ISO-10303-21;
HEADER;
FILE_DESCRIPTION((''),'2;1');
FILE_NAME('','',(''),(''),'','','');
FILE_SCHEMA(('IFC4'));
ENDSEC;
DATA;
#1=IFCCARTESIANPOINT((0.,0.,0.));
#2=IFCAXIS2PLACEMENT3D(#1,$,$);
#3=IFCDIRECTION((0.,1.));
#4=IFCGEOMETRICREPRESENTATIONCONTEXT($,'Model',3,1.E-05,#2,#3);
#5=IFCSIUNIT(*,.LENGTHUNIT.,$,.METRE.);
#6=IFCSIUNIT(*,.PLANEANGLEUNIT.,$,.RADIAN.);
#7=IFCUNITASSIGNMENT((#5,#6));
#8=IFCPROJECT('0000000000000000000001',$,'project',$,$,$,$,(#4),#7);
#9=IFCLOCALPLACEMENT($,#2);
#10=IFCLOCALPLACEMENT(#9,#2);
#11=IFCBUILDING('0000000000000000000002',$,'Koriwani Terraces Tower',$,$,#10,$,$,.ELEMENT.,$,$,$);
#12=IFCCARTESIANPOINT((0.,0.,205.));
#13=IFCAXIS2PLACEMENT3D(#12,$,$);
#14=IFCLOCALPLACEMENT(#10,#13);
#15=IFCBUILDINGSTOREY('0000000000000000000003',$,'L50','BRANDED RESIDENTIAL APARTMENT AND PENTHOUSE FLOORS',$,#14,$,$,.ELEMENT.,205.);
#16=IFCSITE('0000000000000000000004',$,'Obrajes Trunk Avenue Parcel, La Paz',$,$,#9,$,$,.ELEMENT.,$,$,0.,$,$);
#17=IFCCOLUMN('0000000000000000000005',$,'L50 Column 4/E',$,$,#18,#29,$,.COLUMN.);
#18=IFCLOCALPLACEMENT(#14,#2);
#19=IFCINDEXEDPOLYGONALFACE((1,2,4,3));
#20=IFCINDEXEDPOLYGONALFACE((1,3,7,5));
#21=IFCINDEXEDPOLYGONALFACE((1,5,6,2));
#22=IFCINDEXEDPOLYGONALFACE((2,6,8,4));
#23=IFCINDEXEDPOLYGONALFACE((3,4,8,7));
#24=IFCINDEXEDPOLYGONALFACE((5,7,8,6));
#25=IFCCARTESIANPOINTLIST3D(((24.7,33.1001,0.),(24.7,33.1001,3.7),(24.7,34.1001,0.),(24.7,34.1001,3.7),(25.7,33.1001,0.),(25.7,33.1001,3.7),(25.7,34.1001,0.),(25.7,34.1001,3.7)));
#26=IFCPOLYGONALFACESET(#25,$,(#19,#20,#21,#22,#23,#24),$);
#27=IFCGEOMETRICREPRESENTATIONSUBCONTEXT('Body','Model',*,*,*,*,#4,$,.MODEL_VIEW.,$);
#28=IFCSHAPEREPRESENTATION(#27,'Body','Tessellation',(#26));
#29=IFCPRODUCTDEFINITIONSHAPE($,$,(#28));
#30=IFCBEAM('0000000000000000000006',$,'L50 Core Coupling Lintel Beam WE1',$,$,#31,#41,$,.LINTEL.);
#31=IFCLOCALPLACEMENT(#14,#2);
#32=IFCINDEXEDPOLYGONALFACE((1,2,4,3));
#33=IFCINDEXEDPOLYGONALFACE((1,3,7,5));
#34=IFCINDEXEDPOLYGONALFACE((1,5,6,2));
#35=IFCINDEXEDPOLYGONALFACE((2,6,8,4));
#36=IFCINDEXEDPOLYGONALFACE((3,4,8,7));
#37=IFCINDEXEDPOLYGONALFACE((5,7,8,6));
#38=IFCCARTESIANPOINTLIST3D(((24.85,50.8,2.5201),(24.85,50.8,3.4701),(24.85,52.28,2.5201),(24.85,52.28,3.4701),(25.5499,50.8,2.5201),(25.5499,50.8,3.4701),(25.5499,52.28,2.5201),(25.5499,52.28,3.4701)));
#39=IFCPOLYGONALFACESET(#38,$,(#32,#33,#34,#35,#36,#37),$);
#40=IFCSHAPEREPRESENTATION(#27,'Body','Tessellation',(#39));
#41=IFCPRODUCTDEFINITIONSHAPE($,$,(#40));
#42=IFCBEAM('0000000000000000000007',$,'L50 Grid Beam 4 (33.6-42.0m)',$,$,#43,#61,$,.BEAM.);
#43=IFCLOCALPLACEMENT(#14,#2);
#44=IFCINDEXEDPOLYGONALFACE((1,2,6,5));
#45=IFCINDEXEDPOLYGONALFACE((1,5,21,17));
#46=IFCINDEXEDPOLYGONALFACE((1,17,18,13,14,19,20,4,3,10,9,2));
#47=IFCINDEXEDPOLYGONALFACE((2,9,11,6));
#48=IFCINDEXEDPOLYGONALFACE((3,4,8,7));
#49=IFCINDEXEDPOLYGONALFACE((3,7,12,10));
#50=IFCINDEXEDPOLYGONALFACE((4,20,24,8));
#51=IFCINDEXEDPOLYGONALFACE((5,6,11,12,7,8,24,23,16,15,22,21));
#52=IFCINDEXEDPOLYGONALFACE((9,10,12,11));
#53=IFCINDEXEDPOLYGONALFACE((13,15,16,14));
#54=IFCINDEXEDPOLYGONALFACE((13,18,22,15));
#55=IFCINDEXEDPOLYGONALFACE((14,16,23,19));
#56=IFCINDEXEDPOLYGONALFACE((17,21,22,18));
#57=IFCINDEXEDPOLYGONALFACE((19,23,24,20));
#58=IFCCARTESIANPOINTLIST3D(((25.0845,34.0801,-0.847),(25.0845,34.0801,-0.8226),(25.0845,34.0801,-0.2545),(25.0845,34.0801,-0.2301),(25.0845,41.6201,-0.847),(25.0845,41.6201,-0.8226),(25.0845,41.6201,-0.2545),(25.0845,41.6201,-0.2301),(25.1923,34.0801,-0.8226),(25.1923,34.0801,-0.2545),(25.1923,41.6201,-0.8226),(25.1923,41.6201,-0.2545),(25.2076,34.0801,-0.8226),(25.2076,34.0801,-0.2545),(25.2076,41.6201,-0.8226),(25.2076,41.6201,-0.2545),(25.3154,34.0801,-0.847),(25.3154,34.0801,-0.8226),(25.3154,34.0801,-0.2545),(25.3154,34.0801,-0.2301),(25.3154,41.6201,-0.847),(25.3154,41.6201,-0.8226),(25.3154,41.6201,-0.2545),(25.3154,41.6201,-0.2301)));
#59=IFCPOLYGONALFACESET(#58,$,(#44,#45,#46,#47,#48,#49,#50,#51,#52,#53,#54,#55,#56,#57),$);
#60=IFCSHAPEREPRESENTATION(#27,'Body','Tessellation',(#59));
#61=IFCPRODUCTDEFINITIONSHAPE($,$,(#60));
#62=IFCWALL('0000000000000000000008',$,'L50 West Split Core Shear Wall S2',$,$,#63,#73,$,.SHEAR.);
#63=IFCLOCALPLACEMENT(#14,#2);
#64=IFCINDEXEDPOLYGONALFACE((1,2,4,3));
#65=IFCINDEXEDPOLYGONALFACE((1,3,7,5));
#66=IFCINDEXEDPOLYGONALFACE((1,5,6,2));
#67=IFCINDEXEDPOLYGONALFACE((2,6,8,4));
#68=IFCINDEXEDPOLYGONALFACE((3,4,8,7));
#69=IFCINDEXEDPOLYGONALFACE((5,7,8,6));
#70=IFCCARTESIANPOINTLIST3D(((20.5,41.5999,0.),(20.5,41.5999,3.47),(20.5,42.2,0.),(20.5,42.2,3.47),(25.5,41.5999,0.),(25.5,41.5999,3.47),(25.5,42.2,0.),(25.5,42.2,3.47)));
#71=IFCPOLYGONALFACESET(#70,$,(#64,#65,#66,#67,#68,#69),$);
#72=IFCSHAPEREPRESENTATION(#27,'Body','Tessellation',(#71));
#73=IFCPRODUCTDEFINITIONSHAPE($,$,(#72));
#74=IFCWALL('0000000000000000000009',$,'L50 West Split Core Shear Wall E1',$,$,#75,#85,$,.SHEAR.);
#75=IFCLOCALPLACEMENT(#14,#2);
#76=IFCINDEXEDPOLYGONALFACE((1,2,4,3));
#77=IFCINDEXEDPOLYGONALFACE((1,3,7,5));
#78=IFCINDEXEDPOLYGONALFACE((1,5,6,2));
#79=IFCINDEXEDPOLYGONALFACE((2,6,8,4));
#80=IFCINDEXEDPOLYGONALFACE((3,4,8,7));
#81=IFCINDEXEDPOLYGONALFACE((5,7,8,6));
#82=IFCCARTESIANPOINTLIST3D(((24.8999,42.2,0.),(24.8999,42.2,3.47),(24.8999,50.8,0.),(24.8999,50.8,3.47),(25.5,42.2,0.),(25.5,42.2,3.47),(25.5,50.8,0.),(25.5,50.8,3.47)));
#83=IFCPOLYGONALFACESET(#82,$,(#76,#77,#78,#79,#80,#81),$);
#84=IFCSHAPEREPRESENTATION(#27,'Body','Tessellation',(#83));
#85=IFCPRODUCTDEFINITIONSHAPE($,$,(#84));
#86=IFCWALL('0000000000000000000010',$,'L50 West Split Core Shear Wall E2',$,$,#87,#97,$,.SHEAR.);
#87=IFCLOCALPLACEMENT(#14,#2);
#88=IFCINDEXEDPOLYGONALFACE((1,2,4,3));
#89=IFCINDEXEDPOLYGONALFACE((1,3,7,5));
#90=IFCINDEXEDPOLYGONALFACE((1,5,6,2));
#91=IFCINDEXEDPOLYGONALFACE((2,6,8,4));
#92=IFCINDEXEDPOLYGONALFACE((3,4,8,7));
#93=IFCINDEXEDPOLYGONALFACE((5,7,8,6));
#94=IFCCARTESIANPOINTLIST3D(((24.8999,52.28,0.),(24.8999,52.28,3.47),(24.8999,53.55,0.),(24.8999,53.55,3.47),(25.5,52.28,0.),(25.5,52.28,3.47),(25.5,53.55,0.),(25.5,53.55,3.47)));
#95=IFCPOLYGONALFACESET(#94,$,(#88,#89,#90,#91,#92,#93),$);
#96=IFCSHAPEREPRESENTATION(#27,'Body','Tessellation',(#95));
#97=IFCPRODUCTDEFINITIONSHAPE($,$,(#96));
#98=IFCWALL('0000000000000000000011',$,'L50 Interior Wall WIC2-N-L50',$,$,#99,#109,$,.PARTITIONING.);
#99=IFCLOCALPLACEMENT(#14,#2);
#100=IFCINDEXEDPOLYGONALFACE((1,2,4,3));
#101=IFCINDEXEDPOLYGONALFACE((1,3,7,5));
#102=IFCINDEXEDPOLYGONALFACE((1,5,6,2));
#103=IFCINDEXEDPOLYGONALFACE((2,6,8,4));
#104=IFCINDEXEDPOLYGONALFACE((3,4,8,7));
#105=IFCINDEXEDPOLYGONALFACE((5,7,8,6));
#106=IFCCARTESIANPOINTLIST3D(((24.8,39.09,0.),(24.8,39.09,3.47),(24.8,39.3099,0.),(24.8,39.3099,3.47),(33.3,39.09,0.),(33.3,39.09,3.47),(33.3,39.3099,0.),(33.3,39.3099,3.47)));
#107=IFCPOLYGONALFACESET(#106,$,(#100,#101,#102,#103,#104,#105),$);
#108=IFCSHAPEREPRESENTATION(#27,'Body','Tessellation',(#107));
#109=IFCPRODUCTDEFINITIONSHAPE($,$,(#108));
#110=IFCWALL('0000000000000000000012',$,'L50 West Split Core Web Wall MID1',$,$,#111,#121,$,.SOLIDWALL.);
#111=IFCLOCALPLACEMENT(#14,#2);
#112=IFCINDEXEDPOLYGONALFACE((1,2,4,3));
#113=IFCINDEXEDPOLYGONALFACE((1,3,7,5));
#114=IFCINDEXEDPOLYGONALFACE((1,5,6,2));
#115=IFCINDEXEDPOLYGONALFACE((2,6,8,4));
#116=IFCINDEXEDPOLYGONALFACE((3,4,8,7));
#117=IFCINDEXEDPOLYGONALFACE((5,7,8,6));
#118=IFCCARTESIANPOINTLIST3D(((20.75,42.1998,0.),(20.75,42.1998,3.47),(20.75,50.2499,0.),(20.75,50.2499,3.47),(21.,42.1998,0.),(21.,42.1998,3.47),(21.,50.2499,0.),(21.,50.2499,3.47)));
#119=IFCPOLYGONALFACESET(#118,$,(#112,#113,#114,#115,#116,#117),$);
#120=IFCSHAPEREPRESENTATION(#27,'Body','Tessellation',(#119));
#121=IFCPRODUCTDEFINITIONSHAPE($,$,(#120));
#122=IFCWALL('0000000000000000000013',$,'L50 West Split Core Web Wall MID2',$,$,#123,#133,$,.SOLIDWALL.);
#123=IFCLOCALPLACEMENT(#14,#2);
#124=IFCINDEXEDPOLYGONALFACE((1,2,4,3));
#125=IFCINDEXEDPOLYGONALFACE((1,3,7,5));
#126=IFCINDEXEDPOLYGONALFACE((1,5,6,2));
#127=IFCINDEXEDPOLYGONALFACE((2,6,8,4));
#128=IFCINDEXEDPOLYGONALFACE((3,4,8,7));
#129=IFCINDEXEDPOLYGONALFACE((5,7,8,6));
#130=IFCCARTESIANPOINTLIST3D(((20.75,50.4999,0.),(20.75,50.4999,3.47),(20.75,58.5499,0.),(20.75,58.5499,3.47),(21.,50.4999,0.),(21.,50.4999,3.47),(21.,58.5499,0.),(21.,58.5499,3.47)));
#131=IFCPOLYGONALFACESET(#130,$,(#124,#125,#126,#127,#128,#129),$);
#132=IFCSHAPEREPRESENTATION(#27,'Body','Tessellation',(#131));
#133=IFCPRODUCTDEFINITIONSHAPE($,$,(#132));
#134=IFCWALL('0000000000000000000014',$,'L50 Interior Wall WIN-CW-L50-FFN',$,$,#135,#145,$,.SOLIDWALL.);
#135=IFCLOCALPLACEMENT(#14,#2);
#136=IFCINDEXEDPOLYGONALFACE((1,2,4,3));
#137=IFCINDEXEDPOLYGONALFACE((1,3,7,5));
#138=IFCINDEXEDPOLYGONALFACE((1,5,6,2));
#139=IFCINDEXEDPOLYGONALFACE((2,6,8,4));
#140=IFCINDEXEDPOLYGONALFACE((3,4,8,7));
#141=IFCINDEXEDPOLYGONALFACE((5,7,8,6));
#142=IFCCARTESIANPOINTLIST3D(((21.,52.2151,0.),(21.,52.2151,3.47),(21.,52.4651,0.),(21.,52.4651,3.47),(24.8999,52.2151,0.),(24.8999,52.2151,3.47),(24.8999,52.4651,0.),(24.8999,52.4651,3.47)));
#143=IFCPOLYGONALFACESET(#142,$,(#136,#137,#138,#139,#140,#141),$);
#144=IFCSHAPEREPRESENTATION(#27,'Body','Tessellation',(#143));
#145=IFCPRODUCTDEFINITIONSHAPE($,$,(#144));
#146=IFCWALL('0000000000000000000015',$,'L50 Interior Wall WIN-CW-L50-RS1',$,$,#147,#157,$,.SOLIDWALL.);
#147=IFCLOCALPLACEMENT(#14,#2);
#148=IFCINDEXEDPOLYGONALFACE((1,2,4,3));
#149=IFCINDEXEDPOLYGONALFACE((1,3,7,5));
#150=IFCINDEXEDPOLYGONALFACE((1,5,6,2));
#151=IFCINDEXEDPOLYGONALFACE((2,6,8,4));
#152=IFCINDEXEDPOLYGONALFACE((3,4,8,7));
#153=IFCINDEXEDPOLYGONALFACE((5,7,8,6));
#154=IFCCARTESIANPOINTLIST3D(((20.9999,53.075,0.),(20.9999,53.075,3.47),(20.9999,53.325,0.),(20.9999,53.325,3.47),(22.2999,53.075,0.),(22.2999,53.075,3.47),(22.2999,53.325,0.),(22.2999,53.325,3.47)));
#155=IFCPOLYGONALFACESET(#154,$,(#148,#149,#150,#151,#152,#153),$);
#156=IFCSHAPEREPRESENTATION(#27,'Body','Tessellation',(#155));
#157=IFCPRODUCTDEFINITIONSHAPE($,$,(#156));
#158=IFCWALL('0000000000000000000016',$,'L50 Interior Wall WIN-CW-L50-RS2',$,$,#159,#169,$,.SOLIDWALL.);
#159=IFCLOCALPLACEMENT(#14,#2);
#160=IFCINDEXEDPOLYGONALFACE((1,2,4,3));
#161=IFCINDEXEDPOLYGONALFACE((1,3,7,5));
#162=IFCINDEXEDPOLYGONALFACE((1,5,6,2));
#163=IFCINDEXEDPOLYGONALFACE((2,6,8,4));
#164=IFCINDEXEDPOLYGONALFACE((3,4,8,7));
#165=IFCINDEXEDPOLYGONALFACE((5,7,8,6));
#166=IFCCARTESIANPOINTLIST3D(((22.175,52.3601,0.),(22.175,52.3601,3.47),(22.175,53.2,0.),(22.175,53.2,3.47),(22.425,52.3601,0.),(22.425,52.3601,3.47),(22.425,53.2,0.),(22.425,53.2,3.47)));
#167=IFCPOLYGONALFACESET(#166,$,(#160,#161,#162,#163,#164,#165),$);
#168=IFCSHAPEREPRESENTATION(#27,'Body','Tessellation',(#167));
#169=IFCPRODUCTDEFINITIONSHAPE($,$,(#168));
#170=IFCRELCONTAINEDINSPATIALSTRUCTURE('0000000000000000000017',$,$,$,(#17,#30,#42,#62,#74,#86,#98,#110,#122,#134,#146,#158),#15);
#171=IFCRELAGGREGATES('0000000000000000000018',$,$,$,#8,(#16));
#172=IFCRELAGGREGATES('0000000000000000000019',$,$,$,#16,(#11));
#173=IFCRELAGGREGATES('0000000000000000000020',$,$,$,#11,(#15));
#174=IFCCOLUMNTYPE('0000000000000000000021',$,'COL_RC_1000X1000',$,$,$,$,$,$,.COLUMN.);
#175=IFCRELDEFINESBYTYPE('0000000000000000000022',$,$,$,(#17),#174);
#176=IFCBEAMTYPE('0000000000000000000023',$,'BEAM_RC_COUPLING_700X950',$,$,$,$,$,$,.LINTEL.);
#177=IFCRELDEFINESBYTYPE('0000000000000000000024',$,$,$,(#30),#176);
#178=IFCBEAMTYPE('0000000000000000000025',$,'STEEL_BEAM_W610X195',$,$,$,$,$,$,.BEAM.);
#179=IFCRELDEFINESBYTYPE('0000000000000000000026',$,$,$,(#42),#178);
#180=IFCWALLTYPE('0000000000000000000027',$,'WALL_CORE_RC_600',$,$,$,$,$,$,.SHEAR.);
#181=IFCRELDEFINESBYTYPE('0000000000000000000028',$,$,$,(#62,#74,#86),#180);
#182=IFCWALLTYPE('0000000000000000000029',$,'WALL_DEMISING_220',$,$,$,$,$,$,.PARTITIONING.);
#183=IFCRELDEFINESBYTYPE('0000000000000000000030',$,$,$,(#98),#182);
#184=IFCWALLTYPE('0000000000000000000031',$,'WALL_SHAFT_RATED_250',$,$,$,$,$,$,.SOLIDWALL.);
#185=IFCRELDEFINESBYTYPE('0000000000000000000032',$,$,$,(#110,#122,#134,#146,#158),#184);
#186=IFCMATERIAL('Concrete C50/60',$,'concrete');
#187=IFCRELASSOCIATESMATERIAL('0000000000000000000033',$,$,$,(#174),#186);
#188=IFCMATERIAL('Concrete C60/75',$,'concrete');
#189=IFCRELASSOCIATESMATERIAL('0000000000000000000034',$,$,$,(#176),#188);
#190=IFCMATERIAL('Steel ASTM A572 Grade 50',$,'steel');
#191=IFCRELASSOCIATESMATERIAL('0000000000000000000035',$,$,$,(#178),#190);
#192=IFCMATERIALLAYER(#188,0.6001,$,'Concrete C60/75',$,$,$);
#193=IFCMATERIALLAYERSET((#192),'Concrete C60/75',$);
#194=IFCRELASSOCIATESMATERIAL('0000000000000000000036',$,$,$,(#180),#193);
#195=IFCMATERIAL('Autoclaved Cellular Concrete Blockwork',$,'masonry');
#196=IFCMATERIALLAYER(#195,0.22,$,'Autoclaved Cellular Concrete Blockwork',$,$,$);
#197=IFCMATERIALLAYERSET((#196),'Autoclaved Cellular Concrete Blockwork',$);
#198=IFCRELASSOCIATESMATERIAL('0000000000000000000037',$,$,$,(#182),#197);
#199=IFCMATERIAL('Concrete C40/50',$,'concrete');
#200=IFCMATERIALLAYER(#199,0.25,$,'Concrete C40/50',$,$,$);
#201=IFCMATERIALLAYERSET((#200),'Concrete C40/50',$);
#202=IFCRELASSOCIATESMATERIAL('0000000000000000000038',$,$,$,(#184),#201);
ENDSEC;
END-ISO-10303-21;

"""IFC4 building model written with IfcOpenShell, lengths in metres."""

from ifc_helpers import new_model, si_unit, direction, frame, frame_2d, origin, origin_2d, place, context, subcontext, project, spatial, rectangle, i_section, extrude, material, layer, layer_set, material_profile, profile_set, type_object, element, save


model = new_model("IFC4")

# Units and contexts
model_context = context("Model", 3, precision=1e-05, world=origin(), true_north=direction((0.0, 1.0)))
body_context = subcontext(model_context, "Body", "Model", "MODEL_VIEW")
ifc_project = project(units=[si_unit("LENGTHUNIT", "METRE"), si_unit("PLANEANGLEUNIT", "RADIAN")], contexts=[model_context])

# Site, building, storey
site_placement = place(None, origin())
site = spatial("IfcSite", under=ifc_project, at=site_placement, Name="Obrajes Trunk Avenue Parcel, La Paz", CompositionType="ELEMENT", RefElevation=0.0)
building_placement = place(site_placement, origin())
building = spatial("IfcBuilding", under=site, at=building_placement, Name="Koriwani Terraces Tower", CompositionType="ELEMENT")
storey_placement = place(building_placement, frame((0.0, 0.0, 205.0)))
storey = spatial("IfcBuildingStorey", under=building, at=storey_placement, Name="L50", Description="BRANDED RESIDENTIAL APARTMENT AND PENTHOUSE FLOORS", CompositionType="ELEMENT", Elevation=205.0)

# Column
ifc_material_1 = material(Name="Concrete C50/60", Category="concrete")
ifc_material_profile_1 = material_profile(ifc_material_1, rectangle(XDim=1.0, YDim=1.0, at=origin_2d()), Name="Concrete C50/60", Category="LoadBearing")
ifc_profile_set_1 = profile_set([ifc_material_profile_1], Name="Concrete C50/60")
column_type = type_object("IfcColumnType", Name="COL_RC_1000X1000", PredefinedType="COLUMN", material=ifc_profile_set_1)
column_placement = place(storey_placement, frame((25.2, 33.6001, 0.0), z_axis=(0.0, 0.0, 1.0), x_axis=(1.0, 0.0, 0.0)))
element("IfcColumn", 1, at=column_placement, inside=storey, type_object=column_type, Name="L50 Column 4/E", PredefinedType="COLUMN", context=body_context, shape_type="SweptSolid", body=[
    extrude(rectangle(XDim=1.0, YDim=1.0, at=origin_2d()), origin(), (0.0, 0.0, 1.0), 3.7),
])

# Beams
ifc_material_2 = material(Name="Concrete C60/75", Category="concrete")
ifc_material_profile_2 = material_profile(ifc_material_2, rectangle(XDim=0.7, YDim=0.95, at=origin_2d()), Name="Concrete C60/75", Category="LoadBearing")
ifc_profile_set_2 = profile_set([ifc_material_profile_2], Name="Concrete C60/75")
beam_type_1 = type_object("IfcBeamType", Name="BEAM_RC_COUPLING_700X950", PredefinedType="LINTEL", material=ifc_profile_set_2)
beam_1_placement = place(storey_placement, frame((25.2, 50.8, 2.9951), z_axis=(0.0, 1.0, 0.0), x_axis=(-1.0, 0.0, 0.0)))
element("IfcBeam", 2, at=beam_1_placement, inside=storey, type_object=beam_type_1, Name="L50 Core Coupling Lintel Beam WE1", PredefinedType="LINTEL", context=body_context, shape_type="SweptSolid", body=[
    extrude(rectangle(XDim=0.7, YDim=0.95, at=origin_2d()), origin(), (0.0, 0.0, 1.0), 1.48),
])
ifc_material_3 = material(Name="Steel ASTM A572 Grade 50", Category="steel")
ifc_material_profile_3 = material_profile(ifc_material_3, i_section(OverallWidth=0.231, OverallDepth=0.6169, WebThickness=0.0154, FlangeThickness=0.0244, at=origin_2d()), Name="Steel ASTM A572 Grade 50", Category="LoadBearing")
ifc_profile_set_3 = profile_set([ifc_material_profile_3], Name="Steel ASTM A572 Grade 50")
beam_type_2 = type_object("IfcBeamType", Name="STEEL_BEAM_W610X195", PredefinedType="BEAM", material=ifc_profile_set_3)
beam_2_placement = place(storey_placement, frame((25.2, 34.0801, -0.5386), z_axis=(0.0, 1.0, 0.0), x_axis=(-1.0, 0.0, 0.0)))
element("IfcBeam", 3, at=beam_2_placement, inside=storey, type_object=beam_type_2, Name="L50 Grid Beam 4 (33.6-42.0m)", PredefinedType="BEAM", context=body_context, shape_type="SweptSolid", body=[
    extrude(i_section(OverallWidth=0.231, OverallDepth=0.6169, WebThickness=0.0154, FlangeThickness=0.0244, at=origin_2d()), origin(), (0.0, 0.0, 1.0), 7.54),
])

# Walls
ifc_layer_1 = layer(ifc_material_2, 0.6001, Name="Concrete C60/75")
ifc_layer_set_1 = layer_set([ifc_layer_1], Name="Concrete C60/75")
wall_type_1 = type_object("IfcWallType", Name="WALL_CORE_RC_600", PredefinedType="SHEAR", material=ifc_layer_set_1)
wall_1_placement = place(storey_placement, frame((20.5, 41.8999, 0.0), z_axis=(0.0, 0.0, 1.0), x_axis=(1.0, 0.0, 0.0)))
element("IfcWall", 4, at=wall_1_placement, inside=storey, type_object=wall_type_1, Name="L50 West Split Core Shear Wall S2", PredefinedType="SHEAR", context=body_context, shape_type="SweptSolid", body=[
    extrude(rectangle(XDim=5.0, YDim=0.6001, at=frame_2d((2.5, 0.0))), origin(), (0.0, 0.0, 1.0), 3.47),
])
wall_2_placement = place(storey_placement, frame((25.2, 42.2, 0.0), z_axis=(0.0, 0.0, 1.0), x_axis=(0.0, 1.0, 0.0)))
element("IfcWall", 5, at=wall_2_placement, inside=storey, type_object=wall_type_1, Name="L50 West Split Core Shear Wall E1", PredefinedType="SHEAR", context=body_context, shape_type="SweptSolid", body=[
    extrude(rectangle(XDim=8.6001, YDim=0.6001, at=frame_2d((4.3, 0.0))), origin(), (0.0, 0.0, 1.0), 3.47),
])
wall_3_placement = place(storey_placement, frame((25.2, 52.28, 0.0), z_axis=(0.0, 0.0, 1.0), x_axis=(0.0, 1.0, 0.0)))
element("IfcWall", 6, at=wall_3_placement, inside=storey, type_object=wall_type_1, Name="L50 West Split Core Shear Wall E2", PredefinedType="SHEAR", context=body_context, shape_type="SweptSolid", body=[
    extrude(rectangle(XDim=1.27, YDim=0.6001, at=frame_2d((0.635, 0.0))), origin(), (0.0, 0.0, 1.0), 3.47),
])
ifc_material_4 = material(Name="Autoclaved Cellular Concrete Blockwork", Category="masonry")
ifc_layer_2 = layer(ifc_material_4, 0.22, Name="Autoclaved Cellular Concrete Blockwork")
ifc_layer_set_2 = layer_set([ifc_layer_2], Name="Autoclaved Cellular Concrete Blockwork")
wall_type_2 = type_object("IfcWallType", Name="WALL_DEMISING_220", PredefinedType="PARTITIONING", material=ifc_layer_set_2)
wall_4_placement = place(storey_placement, frame((24.8, 39.2, 0.0), z_axis=(0.0, 0.0, 1.0), x_axis=(1.0, 0.0, 0.0)))
element("IfcWall", 7, at=wall_4_placement, inside=storey, type_object=wall_type_2, Name="L50 Interior Wall WIC2-N-L50", PredefinedType="PARTITIONING", context=body_context, shape_type="SweptSolid", body=[
    extrude(rectangle(XDim=8.5, YDim=0.22, at=frame_2d((4.25, 0.0))), origin(), (0.0, 0.0, 1.0), 3.47),
])
ifc_material_5 = material(Name="Concrete C40/50", Category="concrete")
ifc_layer_3 = layer(ifc_material_5, 0.25, Name="Concrete C40/50")
ifc_layer_set_3 = layer_set([ifc_layer_3], Name="Concrete C40/50")
wall_type_3 = type_object("IfcWallType", Name="WALL_SHAFT_RATED_250", PredefinedType="SOLIDWALL", material=ifc_layer_set_3)
for number, where, z_axis, x_axis, name in (
    (8, (20.875, 42.2, 0.0), (0.0, 0.0, 1.0), (0.0, 1.0, 0.0), "L50 West Split Core Web Wall MID1"),
    (9, (20.875, 50.5, 0.0), (0.0, 0.0, 1.0), (0.0, 1.0, 0.0), "L50 West Split Core Web Wall MID2"),
):
    element("IfcWall", number, at=place(storey_placement, frame(where, z_axis=z_axis, x_axis=x_axis)), inside=storey, type_object=wall_type_3, Name=name, PredefinedType="SOLIDWALL", context=body_context, shape_type="SweptSolid", body=[
        extrude(rectangle(XDim=8.05, YDim=0.25, at=frame_2d((4.0249, 0.0))), origin(), (0.0, 0.0, 1.0), 3.47),
    ])

# Walls
wall_5_placement = place(storey_placement, frame((21.0, 52.3401, 0.0), z_axis=(0.0, 0.0, 1.0), x_axis=(1.0, 0.0, 0.0)))
element("IfcWall", 10, at=wall_5_placement, inside=storey, type_object=wall_type_3, Name="L50 Interior Wall WIN-CW-L50-FFN", PredefinedType="SOLIDWALL", context=body_context, shape_type="SweptSolid", body=[
    extrude(rectangle(XDim=3.8999, YDim=0.25, at=frame_2d((1.95, 0.0))), origin(), (0.0, 0.0, 1.0), 3.47),
])
wall_6_placement = place(storey_placement, frame((21.0, 53.2, 0.0), z_axis=(0.0, 0.0, 1.0), x_axis=(1.0, 0.0, 0.0)))
element("IfcWall", 11, at=wall_6_placement, inside=storey, type_object=wall_type_3, Name="L50 Interior Wall WIN-CW-L50-RS1", PredefinedType="SOLIDWALL", context=body_context, shape_type="SweptSolid", body=[
    extrude(rectangle(XDim=1.3, YDim=0.25, at=frame_2d((0.6499, 0.0))), origin(), (0.0, 0.0, 1.0), 3.47),
])
wall_7_placement = place(storey_placement, frame((22.3, 52.3601, 0.0), z_axis=(0.0, 0.0, 1.0), x_axis=(0.0, 1.0, 0.0)))
element("IfcWall", 12, at=wall_7_placement, inside=storey, type_object=wall_type_3, Name="L50 Interior Wall WIN-CW-L50-RS2", PredefinedType="SOLIDWALL", context=body_context, shape_type="SweptSolid", body=[
    extrude(rectangle(XDim=0.8398, YDim=0.25, at=frame_2d((0.4199, 0.0))), origin(), (0.0, 0.0, 1.0), 3.47),
])

save(model, "model.ifc")
